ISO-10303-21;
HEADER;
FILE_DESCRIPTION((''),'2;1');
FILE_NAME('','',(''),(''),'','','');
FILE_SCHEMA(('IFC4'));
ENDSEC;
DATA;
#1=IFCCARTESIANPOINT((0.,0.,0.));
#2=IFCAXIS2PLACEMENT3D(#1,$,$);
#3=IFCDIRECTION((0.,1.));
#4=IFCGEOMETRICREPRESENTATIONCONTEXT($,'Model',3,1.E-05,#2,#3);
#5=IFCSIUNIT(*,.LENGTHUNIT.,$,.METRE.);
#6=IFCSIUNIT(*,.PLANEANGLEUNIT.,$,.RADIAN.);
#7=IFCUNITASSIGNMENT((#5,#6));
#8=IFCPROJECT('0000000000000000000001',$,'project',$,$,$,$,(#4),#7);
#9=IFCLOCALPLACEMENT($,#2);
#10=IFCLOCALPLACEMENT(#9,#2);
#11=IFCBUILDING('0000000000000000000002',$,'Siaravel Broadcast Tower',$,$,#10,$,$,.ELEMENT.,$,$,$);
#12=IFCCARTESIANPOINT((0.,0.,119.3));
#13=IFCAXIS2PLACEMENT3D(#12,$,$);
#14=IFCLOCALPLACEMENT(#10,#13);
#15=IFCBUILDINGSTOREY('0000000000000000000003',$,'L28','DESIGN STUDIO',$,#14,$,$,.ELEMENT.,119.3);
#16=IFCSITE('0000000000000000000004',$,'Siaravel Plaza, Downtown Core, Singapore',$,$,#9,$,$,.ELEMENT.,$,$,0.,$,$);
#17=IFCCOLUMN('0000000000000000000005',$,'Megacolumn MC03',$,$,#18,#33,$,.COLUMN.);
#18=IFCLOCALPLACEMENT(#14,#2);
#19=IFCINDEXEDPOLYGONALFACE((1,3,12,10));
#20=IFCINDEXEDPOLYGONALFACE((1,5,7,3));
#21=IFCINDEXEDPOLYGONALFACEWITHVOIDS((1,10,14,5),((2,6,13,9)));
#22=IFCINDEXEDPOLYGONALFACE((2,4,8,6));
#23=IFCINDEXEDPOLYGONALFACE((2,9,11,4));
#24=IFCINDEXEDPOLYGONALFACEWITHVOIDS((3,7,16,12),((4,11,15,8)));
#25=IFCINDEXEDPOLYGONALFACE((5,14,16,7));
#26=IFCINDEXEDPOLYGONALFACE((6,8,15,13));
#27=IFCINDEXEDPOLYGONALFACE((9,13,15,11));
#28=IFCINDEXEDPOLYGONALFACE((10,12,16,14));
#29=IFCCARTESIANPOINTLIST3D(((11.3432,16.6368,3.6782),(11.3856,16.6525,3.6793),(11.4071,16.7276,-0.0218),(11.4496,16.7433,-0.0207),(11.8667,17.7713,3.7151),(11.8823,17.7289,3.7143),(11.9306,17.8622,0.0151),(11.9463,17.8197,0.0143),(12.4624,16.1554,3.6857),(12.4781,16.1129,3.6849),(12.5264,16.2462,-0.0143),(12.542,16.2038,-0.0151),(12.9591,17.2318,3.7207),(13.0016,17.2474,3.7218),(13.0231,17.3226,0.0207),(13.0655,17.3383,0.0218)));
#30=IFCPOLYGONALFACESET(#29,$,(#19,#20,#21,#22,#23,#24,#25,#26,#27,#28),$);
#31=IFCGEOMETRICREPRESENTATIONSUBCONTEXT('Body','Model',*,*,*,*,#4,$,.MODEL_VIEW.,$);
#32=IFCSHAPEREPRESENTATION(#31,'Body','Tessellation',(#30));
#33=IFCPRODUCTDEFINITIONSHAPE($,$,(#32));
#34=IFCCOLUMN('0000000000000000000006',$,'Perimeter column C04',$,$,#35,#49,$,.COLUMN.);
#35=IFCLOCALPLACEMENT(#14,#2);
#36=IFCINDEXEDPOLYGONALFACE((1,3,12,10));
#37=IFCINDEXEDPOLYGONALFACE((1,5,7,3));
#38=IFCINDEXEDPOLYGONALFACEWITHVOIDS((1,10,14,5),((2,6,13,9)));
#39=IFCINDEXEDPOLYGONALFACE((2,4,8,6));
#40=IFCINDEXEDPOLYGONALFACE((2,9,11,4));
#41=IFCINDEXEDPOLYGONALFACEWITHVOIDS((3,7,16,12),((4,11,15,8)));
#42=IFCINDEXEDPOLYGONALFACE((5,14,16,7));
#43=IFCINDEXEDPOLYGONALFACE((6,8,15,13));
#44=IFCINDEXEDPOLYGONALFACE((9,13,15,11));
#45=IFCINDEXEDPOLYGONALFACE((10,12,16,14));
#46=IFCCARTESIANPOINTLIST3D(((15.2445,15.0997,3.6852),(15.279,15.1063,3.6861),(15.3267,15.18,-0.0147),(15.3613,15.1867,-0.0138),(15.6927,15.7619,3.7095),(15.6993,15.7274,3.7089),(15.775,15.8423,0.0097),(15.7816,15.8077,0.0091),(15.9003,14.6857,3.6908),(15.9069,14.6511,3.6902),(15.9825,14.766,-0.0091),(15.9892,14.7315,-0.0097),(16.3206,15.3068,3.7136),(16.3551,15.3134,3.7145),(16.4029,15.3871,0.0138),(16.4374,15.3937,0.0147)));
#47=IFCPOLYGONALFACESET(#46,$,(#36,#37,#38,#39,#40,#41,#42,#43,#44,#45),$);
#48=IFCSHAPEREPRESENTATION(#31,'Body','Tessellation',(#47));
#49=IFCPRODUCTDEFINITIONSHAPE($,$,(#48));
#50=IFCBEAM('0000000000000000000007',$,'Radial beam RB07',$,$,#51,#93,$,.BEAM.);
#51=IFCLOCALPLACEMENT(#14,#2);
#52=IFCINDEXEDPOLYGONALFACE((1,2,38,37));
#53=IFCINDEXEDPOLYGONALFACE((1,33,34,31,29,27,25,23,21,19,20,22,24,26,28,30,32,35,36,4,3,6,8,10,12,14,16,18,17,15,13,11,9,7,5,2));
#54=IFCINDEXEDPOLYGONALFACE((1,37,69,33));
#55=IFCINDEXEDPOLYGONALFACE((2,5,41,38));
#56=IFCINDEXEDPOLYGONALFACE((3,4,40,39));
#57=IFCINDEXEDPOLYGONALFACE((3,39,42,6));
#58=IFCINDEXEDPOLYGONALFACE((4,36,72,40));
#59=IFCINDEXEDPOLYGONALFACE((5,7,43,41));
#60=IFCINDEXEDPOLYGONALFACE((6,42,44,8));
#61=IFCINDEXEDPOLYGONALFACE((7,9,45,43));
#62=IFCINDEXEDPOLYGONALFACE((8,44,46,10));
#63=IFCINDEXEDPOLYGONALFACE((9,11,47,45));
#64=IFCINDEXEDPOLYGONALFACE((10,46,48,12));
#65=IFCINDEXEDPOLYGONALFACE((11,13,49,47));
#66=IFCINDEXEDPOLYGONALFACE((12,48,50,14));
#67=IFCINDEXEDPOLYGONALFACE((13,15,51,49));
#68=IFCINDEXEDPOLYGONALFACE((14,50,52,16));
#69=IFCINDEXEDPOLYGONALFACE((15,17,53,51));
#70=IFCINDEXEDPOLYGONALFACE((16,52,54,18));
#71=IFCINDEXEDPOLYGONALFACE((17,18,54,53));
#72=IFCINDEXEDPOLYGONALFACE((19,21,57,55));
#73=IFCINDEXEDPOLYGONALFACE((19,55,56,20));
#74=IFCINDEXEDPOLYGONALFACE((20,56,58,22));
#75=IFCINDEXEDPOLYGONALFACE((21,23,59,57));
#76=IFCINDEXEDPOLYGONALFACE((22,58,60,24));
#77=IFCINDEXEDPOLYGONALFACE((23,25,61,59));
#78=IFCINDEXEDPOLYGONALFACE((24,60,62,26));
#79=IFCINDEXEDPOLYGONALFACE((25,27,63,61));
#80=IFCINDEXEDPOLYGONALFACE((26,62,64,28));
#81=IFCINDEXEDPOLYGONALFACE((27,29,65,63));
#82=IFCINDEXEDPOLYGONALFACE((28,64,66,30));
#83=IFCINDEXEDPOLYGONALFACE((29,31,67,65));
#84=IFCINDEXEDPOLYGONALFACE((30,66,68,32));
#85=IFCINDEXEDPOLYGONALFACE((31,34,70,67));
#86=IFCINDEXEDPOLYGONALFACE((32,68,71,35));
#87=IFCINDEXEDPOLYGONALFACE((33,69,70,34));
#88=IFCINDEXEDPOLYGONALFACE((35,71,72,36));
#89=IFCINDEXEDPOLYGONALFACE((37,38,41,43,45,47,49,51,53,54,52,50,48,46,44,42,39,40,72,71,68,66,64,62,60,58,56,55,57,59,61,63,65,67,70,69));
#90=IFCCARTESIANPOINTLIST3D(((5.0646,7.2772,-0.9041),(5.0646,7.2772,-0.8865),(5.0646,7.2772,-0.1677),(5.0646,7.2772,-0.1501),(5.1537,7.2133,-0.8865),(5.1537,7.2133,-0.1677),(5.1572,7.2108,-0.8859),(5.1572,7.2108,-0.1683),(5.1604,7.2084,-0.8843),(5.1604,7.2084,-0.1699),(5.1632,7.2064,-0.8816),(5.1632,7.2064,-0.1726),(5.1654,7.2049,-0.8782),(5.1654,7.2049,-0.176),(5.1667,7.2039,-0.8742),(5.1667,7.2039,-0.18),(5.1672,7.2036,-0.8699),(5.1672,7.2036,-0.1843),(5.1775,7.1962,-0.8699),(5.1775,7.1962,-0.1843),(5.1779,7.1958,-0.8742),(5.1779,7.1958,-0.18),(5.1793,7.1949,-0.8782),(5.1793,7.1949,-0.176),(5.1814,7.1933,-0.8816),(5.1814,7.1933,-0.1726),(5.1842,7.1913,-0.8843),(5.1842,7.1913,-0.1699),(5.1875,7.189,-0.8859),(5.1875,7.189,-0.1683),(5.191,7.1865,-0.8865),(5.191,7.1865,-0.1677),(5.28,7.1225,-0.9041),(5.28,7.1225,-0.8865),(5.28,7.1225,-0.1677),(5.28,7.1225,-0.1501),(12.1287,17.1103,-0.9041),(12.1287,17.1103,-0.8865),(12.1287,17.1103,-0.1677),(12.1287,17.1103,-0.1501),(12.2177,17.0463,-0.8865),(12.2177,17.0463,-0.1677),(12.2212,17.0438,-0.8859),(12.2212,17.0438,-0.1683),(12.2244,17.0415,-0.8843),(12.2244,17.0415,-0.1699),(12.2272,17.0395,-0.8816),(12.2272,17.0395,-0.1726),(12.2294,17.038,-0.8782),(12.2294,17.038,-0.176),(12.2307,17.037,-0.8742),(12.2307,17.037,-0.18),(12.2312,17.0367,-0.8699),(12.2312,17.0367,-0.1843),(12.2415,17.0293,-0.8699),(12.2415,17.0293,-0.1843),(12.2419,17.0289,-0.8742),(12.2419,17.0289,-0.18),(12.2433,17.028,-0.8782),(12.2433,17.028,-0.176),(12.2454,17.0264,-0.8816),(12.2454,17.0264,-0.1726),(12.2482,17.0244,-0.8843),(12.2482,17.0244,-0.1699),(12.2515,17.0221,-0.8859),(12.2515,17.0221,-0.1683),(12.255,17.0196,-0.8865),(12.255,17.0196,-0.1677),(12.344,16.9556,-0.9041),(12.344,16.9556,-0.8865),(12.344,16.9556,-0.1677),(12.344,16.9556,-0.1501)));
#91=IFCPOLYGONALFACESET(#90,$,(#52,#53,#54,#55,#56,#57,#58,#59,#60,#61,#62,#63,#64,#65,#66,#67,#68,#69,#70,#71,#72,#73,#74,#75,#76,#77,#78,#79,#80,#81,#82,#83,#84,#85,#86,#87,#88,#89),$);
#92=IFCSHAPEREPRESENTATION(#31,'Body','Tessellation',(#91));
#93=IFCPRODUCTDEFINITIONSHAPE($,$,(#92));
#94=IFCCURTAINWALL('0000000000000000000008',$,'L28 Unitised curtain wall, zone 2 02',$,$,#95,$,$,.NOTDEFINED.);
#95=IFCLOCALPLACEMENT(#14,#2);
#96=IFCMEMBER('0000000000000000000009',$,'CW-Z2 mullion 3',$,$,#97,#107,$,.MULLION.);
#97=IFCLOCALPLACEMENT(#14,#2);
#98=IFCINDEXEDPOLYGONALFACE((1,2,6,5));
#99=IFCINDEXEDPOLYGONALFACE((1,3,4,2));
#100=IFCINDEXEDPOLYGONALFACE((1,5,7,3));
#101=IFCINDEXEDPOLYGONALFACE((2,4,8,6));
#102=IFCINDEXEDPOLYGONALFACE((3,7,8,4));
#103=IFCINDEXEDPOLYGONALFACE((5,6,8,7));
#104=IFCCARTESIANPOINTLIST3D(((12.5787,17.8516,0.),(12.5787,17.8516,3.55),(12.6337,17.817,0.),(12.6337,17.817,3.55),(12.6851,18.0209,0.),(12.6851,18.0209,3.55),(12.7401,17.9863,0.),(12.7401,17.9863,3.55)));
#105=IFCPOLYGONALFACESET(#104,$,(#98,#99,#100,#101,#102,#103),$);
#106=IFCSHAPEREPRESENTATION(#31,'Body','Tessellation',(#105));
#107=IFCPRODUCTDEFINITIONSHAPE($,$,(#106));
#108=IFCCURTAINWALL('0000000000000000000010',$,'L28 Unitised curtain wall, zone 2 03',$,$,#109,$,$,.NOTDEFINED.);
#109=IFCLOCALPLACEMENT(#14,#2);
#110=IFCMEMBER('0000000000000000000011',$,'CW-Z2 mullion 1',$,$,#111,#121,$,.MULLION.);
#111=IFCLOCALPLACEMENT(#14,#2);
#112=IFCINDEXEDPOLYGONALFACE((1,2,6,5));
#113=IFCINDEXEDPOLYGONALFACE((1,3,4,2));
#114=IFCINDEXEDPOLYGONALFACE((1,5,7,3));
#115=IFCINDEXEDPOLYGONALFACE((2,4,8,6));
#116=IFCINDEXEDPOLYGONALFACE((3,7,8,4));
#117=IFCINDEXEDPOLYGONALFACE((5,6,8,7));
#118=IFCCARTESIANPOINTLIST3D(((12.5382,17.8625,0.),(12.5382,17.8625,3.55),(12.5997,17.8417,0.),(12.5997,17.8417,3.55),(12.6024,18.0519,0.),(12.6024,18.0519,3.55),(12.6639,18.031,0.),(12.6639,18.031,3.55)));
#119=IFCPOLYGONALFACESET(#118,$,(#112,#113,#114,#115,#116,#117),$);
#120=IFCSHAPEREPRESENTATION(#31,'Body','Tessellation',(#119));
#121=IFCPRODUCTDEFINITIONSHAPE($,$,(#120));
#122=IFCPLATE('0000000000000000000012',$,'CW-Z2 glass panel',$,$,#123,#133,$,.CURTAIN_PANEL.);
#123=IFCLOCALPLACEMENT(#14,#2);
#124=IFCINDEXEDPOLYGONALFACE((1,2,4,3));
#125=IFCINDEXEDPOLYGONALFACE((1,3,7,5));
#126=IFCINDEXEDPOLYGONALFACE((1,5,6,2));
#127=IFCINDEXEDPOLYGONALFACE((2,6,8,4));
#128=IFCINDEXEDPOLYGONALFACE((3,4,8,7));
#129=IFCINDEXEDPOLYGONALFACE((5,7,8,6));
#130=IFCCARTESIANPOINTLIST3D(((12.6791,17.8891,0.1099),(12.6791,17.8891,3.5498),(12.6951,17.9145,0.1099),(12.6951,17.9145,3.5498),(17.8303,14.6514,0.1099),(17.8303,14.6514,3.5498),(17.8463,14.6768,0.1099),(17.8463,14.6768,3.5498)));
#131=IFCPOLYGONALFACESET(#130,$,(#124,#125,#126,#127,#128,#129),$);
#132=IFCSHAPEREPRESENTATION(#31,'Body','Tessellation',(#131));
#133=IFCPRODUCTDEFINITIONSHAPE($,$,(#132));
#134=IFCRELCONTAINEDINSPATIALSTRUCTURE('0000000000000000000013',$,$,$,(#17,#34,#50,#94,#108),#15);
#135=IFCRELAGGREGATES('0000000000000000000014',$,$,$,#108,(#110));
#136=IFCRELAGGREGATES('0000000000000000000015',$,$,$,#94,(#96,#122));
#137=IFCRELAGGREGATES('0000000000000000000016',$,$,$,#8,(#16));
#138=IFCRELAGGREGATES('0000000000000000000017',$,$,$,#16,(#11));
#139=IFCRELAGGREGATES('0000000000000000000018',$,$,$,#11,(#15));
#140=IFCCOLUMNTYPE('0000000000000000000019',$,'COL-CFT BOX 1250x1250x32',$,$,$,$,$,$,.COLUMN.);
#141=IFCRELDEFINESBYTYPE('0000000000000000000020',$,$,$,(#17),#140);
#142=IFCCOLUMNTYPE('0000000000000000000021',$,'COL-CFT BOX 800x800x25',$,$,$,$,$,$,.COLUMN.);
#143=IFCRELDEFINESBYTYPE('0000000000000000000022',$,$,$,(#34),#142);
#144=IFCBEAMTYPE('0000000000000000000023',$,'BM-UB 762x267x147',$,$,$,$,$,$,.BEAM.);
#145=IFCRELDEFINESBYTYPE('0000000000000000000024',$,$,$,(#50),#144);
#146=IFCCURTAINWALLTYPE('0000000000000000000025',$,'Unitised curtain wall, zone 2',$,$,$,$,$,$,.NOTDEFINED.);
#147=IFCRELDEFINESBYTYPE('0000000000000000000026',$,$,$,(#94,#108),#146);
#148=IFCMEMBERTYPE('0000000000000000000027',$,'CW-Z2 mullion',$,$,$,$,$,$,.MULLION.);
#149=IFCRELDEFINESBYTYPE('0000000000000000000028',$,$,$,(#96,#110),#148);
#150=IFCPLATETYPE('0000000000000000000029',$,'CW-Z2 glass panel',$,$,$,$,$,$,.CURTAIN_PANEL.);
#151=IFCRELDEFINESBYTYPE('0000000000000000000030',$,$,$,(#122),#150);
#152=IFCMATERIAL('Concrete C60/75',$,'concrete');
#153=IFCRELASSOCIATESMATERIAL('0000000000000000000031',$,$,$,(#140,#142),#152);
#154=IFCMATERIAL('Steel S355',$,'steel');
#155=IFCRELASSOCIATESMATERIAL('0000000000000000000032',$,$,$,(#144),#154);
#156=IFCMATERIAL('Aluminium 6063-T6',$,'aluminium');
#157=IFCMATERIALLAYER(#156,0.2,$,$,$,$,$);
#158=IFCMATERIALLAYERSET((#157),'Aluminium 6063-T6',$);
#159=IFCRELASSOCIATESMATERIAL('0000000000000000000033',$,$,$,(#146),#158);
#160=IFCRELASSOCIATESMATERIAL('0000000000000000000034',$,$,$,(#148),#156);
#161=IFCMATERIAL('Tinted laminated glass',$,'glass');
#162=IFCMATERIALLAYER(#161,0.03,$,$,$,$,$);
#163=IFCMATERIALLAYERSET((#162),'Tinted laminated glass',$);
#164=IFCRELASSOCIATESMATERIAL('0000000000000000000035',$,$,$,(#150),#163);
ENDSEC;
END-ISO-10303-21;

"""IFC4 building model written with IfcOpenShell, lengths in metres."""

from ifc_helpers import new_model, si_unit, direction, frame, origin, origin_2d, place, context, subcontext, project, spatial, rectangle, hollow_rectangle, i_section, extrude, material, layer, layer_set, material_profile, profile_set, type_object, element, aggregate, save


model = new_model("IFC4")

# Units and contexts
model_context = context("Model", 3, precision=1e-05, world=origin(), true_north=direction((0.0, 1.0)))
body_context = subcontext(model_context, "Body", "Model", "MODEL_VIEW")
ifc_project = project(units=[si_unit("LENGTHUNIT", "METRE"), si_unit("PLANEANGLEUNIT", "RADIAN")], contexts=[model_context])

# Site, building, storey
site_placement = place(None, origin())
site = spatial("IfcSite", under=ifc_project, at=site_placement, Name="Siaravel Plaza, Downtown Core, Singapore", CompositionType="ELEMENT", RefElevation=0.0)
building_placement = place(site_placement, origin())
building = spatial("IfcBuilding", under=site, at=building_placement, Name="Siaravel Broadcast Tower", CompositionType="ELEMENT")
storey_placement = place(building_placement, frame((0.0, 0.0, 119.3)))
storey = spatial("IfcBuildingStorey", under=building, at=storey_placement, Name="L28", Description="DESIGN STUDIO", CompositionType="ELEMENT", Elevation=119.3)

# Columns
ifc_material_1 = material(Name="Concrete C60/75", Category="concrete")
ifc_material_profile_1 = material_profile(ifc_material_1, hollow_rectangle(XDim=1.25, YDim=1.25, WallThickness=0.032, at=origin_2d()))
ifc_profile_set_1 = profile_set([ifc_material_profile_1], Name="Concrete C60/75")
column_type_1 = type_object("IfcColumnType", Name="COL-CFT BOX 1250x1250x32", PredefinedType="COLUMN", material=ifc_profile_set_1)
column_1_placement = place(storey_placement, frame((12.2363, 17.033, 0.0), z_axis=(-0.01728, -0.024535, 0.99955), x_axis=(0.90792, -0.419108, 0.005409)))
element("IfcColumn", 1, at=column_1_placement, inside=storey, type_object=column_type_1, Name="Megacolumn MC03", PredefinedType="COLUMN", context=body_context, shape_type="SweptSolid", body=[
    extrude(hollow_rectangle(XDim=1.25, YDim=1.25, WallThickness=0.032, at=origin_2d()), origin(), (0.0, 0.0, 1.0), 3.7017),
])
ifc_material_profile_2 = material_profile(ifc_material_1, hollow_rectangle(XDim=0.8, YDim=0.8, WallThickness=0.0249, at=origin_2d()))
ifc_profile_set_2 = profile_set([ifc_material_profile_2], Name="Concrete C60/75")
column_type_2 = type_object("IfcColumnType", Name="COL-CFT BOX 800x800x25", PredefinedType="COLUMN", material=ifc_profile_set_2)
column_2_placement = place(storey_placement, frame((15.8821, 15.2869, 0.0), z_axis=(-0.022226, -0.021699, 0.999517), x_axis=(0.828038, -0.560637, 0.006242)))
element("IfcColumn", 2, at=column_2_placement, inside=storey, type_object=column_type_2, Name="Perimeter column C04", PredefinedType="COLUMN", context=body_context, shape_type="SweptSolid", body=[
    extrude(hollow_rectangle(XDim=0.8, YDim=0.8, WallThickness=0.0249, at=origin_2d()), origin(), (0.0, 0.0, 1.0), 3.7017),
])

# Beam
ifc_material_2 = material(Name="Steel S355", Category="steel")
ifc_material_profile_3 = material_profile(ifc_material_2, i_section(OverallWidth=0.2651, OverallDepth=0.7539, WebThickness=0.0127, FlangeThickness=0.0176, FilletRadius=0.0166, at=origin_2d()))
ifc_profile_set_3 = profile_set([ifc_material_profile_3], Name="Steel S355")
beam_type = type_object("IfcBeamType", Name="BM-UB 762x267x147", PredefinedType="BEAM", material=ifc_profile_set_3)
beam_placement = place(storey_placement, frame((12.2363, 17.033, -0.5271), z_axis=(-0.583445, -0.812153, 0.0), x_axis=(0.812153, -0.583445, 0.0)))
element("IfcBeam", 3, at=beam_placement, inside=storey, type_object=beam_type, Name="Radial beam RB07", PredefinedType="BEAM", context=body_context, shape_type="SweptSolid", body=[
    extrude(i_section(OverallWidth=0.2651, OverallDepth=0.7539, WebThickness=0.0127, FlangeThickness=0.0176, FilletRadius=0.0166, at=origin_2d()), origin(), (0.0, 0.0, 1.0), 12.1074),
])

# Curtain walls, members
ifc_material_3 = material(Name="Aluminium 6063-T6", Category="aluminium")
ifc_layer_1 = layer(ifc_material_3, 0.2)
ifc_layer_set_1 = layer_set([ifc_layer_1], Name="Aluminium 6063-T6")
curtain_wall_type = type_object("IfcCurtainWallType", Name="Unitised curtain wall, zone 2", PredefinedType="NOTDEFINED", material=ifc_layer_set_1)
curtain_wall_1_placement = place(storey_placement, origin())
curtain_wall_1 = element("IfcCurtainWall", 4, at=curtain_wall_1_placement, inside=storey, type_object=curtain_wall_type, Name="L28 Unitised curtain wall, zone 2 02", PredefinedType="NOTDEFINED")
ifc_material_profile_4 = material_profile(ifc_material_3, rectangle(XDim=0.2, YDim=0.0649, at=origin_2d()))
ifc_profile_set_4 = profile_set([ifc_material_profile_4], Name="Aluminium 6063-T6")
member_type = type_object("IfcMemberType", Name="CW-Z2 mullion", PredefinedType="MULLION", material=ifc_profile_set_4)
member_1_placement = place(storey_placement, frame((12.6594, 17.9189, 0.0), z_axis=(0.0, 0.0, 1.0), x_axis=(-0.532149, -0.846651, 0.0)))
member_1 = element("IfcMember", 5, at=member_1_placement, type_object=member_type, Name="CW-Z2 mullion 3", PredefinedType="MULLION", context=body_context, shape_type="SweptSolid", body=[
    extrude(rectangle(XDim=0.2, YDim=0.0649, at=origin_2d()), origin(), (0.0, 0.0, 1.0), 3.55),
])
curtain_wall_2_placement = place(storey_placement, origin())
curtain_wall_2 = element("IfcCurtainWall", 6, at=curtain_wall_2_placement, inside=storey, type_object=curtain_wall_type, Name="L28 Unitised curtain wall, zone 2 03", PredefinedType="NOTDEFINED")
member_2_placement = place(storey_placement, frame((12.6011, 17.9468, 0.0), z_axis=(0.0, 0.0, 1.0), x_axis=(-0.321301, -0.946977, 0.0)))
member_2 = element("IfcMember", 7, at=member_2_placement, type_object=member_type, Name="CW-Z2 mullion 1", PredefinedType="MULLION", context=body_context, shape_type="SweptSolid", body=[
    extrude(rectangle(XDim=0.2, YDim=0.0649, at=origin_2d()), origin(), (0.0, 0.0, 1.0), 3.55),
])
aggregate(curtain_wall_2, [member_2])

# Plate
ifc_material_4 = material(Name="Tinted laminated glass", Category="glass")
ifc_layer_2 = layer(ifc_material_4, 0.03)
ifc_layer_set_2 = layer_set([ifc_layer_2], Name="Tinted laminated glass")
plate_type = type_object("IfcPlateType", Name="CW-Z2 glass panel", PredefinedType="CURTAIN_PANEL", material=ifc_layer_set_2)
plate_placement = place(storey_placement, frame((15.2627, 16.283, 0.1099), z_axis=(0.0, 0.0, 1.0), x_axis=(-0.846651, 0.532149, 0.0)))
plate = element("IfcPlate", 8, at=plate_placement, type_object=plate_type, Name="CW-Z2 glass panel", PredefinedType="CURTAIN_PANEL", context=body_context, shape_type="SweptSolid", body=[
    extrude(rectangle(XDim=6.0842, YDim=0.03, at=origin_2d()), origin(), (0.0, 0.0, 1.0), 3.4399),
])
aggregate(curtain_wall_1, [member_1, plate])

save(model, "model.ifc")
